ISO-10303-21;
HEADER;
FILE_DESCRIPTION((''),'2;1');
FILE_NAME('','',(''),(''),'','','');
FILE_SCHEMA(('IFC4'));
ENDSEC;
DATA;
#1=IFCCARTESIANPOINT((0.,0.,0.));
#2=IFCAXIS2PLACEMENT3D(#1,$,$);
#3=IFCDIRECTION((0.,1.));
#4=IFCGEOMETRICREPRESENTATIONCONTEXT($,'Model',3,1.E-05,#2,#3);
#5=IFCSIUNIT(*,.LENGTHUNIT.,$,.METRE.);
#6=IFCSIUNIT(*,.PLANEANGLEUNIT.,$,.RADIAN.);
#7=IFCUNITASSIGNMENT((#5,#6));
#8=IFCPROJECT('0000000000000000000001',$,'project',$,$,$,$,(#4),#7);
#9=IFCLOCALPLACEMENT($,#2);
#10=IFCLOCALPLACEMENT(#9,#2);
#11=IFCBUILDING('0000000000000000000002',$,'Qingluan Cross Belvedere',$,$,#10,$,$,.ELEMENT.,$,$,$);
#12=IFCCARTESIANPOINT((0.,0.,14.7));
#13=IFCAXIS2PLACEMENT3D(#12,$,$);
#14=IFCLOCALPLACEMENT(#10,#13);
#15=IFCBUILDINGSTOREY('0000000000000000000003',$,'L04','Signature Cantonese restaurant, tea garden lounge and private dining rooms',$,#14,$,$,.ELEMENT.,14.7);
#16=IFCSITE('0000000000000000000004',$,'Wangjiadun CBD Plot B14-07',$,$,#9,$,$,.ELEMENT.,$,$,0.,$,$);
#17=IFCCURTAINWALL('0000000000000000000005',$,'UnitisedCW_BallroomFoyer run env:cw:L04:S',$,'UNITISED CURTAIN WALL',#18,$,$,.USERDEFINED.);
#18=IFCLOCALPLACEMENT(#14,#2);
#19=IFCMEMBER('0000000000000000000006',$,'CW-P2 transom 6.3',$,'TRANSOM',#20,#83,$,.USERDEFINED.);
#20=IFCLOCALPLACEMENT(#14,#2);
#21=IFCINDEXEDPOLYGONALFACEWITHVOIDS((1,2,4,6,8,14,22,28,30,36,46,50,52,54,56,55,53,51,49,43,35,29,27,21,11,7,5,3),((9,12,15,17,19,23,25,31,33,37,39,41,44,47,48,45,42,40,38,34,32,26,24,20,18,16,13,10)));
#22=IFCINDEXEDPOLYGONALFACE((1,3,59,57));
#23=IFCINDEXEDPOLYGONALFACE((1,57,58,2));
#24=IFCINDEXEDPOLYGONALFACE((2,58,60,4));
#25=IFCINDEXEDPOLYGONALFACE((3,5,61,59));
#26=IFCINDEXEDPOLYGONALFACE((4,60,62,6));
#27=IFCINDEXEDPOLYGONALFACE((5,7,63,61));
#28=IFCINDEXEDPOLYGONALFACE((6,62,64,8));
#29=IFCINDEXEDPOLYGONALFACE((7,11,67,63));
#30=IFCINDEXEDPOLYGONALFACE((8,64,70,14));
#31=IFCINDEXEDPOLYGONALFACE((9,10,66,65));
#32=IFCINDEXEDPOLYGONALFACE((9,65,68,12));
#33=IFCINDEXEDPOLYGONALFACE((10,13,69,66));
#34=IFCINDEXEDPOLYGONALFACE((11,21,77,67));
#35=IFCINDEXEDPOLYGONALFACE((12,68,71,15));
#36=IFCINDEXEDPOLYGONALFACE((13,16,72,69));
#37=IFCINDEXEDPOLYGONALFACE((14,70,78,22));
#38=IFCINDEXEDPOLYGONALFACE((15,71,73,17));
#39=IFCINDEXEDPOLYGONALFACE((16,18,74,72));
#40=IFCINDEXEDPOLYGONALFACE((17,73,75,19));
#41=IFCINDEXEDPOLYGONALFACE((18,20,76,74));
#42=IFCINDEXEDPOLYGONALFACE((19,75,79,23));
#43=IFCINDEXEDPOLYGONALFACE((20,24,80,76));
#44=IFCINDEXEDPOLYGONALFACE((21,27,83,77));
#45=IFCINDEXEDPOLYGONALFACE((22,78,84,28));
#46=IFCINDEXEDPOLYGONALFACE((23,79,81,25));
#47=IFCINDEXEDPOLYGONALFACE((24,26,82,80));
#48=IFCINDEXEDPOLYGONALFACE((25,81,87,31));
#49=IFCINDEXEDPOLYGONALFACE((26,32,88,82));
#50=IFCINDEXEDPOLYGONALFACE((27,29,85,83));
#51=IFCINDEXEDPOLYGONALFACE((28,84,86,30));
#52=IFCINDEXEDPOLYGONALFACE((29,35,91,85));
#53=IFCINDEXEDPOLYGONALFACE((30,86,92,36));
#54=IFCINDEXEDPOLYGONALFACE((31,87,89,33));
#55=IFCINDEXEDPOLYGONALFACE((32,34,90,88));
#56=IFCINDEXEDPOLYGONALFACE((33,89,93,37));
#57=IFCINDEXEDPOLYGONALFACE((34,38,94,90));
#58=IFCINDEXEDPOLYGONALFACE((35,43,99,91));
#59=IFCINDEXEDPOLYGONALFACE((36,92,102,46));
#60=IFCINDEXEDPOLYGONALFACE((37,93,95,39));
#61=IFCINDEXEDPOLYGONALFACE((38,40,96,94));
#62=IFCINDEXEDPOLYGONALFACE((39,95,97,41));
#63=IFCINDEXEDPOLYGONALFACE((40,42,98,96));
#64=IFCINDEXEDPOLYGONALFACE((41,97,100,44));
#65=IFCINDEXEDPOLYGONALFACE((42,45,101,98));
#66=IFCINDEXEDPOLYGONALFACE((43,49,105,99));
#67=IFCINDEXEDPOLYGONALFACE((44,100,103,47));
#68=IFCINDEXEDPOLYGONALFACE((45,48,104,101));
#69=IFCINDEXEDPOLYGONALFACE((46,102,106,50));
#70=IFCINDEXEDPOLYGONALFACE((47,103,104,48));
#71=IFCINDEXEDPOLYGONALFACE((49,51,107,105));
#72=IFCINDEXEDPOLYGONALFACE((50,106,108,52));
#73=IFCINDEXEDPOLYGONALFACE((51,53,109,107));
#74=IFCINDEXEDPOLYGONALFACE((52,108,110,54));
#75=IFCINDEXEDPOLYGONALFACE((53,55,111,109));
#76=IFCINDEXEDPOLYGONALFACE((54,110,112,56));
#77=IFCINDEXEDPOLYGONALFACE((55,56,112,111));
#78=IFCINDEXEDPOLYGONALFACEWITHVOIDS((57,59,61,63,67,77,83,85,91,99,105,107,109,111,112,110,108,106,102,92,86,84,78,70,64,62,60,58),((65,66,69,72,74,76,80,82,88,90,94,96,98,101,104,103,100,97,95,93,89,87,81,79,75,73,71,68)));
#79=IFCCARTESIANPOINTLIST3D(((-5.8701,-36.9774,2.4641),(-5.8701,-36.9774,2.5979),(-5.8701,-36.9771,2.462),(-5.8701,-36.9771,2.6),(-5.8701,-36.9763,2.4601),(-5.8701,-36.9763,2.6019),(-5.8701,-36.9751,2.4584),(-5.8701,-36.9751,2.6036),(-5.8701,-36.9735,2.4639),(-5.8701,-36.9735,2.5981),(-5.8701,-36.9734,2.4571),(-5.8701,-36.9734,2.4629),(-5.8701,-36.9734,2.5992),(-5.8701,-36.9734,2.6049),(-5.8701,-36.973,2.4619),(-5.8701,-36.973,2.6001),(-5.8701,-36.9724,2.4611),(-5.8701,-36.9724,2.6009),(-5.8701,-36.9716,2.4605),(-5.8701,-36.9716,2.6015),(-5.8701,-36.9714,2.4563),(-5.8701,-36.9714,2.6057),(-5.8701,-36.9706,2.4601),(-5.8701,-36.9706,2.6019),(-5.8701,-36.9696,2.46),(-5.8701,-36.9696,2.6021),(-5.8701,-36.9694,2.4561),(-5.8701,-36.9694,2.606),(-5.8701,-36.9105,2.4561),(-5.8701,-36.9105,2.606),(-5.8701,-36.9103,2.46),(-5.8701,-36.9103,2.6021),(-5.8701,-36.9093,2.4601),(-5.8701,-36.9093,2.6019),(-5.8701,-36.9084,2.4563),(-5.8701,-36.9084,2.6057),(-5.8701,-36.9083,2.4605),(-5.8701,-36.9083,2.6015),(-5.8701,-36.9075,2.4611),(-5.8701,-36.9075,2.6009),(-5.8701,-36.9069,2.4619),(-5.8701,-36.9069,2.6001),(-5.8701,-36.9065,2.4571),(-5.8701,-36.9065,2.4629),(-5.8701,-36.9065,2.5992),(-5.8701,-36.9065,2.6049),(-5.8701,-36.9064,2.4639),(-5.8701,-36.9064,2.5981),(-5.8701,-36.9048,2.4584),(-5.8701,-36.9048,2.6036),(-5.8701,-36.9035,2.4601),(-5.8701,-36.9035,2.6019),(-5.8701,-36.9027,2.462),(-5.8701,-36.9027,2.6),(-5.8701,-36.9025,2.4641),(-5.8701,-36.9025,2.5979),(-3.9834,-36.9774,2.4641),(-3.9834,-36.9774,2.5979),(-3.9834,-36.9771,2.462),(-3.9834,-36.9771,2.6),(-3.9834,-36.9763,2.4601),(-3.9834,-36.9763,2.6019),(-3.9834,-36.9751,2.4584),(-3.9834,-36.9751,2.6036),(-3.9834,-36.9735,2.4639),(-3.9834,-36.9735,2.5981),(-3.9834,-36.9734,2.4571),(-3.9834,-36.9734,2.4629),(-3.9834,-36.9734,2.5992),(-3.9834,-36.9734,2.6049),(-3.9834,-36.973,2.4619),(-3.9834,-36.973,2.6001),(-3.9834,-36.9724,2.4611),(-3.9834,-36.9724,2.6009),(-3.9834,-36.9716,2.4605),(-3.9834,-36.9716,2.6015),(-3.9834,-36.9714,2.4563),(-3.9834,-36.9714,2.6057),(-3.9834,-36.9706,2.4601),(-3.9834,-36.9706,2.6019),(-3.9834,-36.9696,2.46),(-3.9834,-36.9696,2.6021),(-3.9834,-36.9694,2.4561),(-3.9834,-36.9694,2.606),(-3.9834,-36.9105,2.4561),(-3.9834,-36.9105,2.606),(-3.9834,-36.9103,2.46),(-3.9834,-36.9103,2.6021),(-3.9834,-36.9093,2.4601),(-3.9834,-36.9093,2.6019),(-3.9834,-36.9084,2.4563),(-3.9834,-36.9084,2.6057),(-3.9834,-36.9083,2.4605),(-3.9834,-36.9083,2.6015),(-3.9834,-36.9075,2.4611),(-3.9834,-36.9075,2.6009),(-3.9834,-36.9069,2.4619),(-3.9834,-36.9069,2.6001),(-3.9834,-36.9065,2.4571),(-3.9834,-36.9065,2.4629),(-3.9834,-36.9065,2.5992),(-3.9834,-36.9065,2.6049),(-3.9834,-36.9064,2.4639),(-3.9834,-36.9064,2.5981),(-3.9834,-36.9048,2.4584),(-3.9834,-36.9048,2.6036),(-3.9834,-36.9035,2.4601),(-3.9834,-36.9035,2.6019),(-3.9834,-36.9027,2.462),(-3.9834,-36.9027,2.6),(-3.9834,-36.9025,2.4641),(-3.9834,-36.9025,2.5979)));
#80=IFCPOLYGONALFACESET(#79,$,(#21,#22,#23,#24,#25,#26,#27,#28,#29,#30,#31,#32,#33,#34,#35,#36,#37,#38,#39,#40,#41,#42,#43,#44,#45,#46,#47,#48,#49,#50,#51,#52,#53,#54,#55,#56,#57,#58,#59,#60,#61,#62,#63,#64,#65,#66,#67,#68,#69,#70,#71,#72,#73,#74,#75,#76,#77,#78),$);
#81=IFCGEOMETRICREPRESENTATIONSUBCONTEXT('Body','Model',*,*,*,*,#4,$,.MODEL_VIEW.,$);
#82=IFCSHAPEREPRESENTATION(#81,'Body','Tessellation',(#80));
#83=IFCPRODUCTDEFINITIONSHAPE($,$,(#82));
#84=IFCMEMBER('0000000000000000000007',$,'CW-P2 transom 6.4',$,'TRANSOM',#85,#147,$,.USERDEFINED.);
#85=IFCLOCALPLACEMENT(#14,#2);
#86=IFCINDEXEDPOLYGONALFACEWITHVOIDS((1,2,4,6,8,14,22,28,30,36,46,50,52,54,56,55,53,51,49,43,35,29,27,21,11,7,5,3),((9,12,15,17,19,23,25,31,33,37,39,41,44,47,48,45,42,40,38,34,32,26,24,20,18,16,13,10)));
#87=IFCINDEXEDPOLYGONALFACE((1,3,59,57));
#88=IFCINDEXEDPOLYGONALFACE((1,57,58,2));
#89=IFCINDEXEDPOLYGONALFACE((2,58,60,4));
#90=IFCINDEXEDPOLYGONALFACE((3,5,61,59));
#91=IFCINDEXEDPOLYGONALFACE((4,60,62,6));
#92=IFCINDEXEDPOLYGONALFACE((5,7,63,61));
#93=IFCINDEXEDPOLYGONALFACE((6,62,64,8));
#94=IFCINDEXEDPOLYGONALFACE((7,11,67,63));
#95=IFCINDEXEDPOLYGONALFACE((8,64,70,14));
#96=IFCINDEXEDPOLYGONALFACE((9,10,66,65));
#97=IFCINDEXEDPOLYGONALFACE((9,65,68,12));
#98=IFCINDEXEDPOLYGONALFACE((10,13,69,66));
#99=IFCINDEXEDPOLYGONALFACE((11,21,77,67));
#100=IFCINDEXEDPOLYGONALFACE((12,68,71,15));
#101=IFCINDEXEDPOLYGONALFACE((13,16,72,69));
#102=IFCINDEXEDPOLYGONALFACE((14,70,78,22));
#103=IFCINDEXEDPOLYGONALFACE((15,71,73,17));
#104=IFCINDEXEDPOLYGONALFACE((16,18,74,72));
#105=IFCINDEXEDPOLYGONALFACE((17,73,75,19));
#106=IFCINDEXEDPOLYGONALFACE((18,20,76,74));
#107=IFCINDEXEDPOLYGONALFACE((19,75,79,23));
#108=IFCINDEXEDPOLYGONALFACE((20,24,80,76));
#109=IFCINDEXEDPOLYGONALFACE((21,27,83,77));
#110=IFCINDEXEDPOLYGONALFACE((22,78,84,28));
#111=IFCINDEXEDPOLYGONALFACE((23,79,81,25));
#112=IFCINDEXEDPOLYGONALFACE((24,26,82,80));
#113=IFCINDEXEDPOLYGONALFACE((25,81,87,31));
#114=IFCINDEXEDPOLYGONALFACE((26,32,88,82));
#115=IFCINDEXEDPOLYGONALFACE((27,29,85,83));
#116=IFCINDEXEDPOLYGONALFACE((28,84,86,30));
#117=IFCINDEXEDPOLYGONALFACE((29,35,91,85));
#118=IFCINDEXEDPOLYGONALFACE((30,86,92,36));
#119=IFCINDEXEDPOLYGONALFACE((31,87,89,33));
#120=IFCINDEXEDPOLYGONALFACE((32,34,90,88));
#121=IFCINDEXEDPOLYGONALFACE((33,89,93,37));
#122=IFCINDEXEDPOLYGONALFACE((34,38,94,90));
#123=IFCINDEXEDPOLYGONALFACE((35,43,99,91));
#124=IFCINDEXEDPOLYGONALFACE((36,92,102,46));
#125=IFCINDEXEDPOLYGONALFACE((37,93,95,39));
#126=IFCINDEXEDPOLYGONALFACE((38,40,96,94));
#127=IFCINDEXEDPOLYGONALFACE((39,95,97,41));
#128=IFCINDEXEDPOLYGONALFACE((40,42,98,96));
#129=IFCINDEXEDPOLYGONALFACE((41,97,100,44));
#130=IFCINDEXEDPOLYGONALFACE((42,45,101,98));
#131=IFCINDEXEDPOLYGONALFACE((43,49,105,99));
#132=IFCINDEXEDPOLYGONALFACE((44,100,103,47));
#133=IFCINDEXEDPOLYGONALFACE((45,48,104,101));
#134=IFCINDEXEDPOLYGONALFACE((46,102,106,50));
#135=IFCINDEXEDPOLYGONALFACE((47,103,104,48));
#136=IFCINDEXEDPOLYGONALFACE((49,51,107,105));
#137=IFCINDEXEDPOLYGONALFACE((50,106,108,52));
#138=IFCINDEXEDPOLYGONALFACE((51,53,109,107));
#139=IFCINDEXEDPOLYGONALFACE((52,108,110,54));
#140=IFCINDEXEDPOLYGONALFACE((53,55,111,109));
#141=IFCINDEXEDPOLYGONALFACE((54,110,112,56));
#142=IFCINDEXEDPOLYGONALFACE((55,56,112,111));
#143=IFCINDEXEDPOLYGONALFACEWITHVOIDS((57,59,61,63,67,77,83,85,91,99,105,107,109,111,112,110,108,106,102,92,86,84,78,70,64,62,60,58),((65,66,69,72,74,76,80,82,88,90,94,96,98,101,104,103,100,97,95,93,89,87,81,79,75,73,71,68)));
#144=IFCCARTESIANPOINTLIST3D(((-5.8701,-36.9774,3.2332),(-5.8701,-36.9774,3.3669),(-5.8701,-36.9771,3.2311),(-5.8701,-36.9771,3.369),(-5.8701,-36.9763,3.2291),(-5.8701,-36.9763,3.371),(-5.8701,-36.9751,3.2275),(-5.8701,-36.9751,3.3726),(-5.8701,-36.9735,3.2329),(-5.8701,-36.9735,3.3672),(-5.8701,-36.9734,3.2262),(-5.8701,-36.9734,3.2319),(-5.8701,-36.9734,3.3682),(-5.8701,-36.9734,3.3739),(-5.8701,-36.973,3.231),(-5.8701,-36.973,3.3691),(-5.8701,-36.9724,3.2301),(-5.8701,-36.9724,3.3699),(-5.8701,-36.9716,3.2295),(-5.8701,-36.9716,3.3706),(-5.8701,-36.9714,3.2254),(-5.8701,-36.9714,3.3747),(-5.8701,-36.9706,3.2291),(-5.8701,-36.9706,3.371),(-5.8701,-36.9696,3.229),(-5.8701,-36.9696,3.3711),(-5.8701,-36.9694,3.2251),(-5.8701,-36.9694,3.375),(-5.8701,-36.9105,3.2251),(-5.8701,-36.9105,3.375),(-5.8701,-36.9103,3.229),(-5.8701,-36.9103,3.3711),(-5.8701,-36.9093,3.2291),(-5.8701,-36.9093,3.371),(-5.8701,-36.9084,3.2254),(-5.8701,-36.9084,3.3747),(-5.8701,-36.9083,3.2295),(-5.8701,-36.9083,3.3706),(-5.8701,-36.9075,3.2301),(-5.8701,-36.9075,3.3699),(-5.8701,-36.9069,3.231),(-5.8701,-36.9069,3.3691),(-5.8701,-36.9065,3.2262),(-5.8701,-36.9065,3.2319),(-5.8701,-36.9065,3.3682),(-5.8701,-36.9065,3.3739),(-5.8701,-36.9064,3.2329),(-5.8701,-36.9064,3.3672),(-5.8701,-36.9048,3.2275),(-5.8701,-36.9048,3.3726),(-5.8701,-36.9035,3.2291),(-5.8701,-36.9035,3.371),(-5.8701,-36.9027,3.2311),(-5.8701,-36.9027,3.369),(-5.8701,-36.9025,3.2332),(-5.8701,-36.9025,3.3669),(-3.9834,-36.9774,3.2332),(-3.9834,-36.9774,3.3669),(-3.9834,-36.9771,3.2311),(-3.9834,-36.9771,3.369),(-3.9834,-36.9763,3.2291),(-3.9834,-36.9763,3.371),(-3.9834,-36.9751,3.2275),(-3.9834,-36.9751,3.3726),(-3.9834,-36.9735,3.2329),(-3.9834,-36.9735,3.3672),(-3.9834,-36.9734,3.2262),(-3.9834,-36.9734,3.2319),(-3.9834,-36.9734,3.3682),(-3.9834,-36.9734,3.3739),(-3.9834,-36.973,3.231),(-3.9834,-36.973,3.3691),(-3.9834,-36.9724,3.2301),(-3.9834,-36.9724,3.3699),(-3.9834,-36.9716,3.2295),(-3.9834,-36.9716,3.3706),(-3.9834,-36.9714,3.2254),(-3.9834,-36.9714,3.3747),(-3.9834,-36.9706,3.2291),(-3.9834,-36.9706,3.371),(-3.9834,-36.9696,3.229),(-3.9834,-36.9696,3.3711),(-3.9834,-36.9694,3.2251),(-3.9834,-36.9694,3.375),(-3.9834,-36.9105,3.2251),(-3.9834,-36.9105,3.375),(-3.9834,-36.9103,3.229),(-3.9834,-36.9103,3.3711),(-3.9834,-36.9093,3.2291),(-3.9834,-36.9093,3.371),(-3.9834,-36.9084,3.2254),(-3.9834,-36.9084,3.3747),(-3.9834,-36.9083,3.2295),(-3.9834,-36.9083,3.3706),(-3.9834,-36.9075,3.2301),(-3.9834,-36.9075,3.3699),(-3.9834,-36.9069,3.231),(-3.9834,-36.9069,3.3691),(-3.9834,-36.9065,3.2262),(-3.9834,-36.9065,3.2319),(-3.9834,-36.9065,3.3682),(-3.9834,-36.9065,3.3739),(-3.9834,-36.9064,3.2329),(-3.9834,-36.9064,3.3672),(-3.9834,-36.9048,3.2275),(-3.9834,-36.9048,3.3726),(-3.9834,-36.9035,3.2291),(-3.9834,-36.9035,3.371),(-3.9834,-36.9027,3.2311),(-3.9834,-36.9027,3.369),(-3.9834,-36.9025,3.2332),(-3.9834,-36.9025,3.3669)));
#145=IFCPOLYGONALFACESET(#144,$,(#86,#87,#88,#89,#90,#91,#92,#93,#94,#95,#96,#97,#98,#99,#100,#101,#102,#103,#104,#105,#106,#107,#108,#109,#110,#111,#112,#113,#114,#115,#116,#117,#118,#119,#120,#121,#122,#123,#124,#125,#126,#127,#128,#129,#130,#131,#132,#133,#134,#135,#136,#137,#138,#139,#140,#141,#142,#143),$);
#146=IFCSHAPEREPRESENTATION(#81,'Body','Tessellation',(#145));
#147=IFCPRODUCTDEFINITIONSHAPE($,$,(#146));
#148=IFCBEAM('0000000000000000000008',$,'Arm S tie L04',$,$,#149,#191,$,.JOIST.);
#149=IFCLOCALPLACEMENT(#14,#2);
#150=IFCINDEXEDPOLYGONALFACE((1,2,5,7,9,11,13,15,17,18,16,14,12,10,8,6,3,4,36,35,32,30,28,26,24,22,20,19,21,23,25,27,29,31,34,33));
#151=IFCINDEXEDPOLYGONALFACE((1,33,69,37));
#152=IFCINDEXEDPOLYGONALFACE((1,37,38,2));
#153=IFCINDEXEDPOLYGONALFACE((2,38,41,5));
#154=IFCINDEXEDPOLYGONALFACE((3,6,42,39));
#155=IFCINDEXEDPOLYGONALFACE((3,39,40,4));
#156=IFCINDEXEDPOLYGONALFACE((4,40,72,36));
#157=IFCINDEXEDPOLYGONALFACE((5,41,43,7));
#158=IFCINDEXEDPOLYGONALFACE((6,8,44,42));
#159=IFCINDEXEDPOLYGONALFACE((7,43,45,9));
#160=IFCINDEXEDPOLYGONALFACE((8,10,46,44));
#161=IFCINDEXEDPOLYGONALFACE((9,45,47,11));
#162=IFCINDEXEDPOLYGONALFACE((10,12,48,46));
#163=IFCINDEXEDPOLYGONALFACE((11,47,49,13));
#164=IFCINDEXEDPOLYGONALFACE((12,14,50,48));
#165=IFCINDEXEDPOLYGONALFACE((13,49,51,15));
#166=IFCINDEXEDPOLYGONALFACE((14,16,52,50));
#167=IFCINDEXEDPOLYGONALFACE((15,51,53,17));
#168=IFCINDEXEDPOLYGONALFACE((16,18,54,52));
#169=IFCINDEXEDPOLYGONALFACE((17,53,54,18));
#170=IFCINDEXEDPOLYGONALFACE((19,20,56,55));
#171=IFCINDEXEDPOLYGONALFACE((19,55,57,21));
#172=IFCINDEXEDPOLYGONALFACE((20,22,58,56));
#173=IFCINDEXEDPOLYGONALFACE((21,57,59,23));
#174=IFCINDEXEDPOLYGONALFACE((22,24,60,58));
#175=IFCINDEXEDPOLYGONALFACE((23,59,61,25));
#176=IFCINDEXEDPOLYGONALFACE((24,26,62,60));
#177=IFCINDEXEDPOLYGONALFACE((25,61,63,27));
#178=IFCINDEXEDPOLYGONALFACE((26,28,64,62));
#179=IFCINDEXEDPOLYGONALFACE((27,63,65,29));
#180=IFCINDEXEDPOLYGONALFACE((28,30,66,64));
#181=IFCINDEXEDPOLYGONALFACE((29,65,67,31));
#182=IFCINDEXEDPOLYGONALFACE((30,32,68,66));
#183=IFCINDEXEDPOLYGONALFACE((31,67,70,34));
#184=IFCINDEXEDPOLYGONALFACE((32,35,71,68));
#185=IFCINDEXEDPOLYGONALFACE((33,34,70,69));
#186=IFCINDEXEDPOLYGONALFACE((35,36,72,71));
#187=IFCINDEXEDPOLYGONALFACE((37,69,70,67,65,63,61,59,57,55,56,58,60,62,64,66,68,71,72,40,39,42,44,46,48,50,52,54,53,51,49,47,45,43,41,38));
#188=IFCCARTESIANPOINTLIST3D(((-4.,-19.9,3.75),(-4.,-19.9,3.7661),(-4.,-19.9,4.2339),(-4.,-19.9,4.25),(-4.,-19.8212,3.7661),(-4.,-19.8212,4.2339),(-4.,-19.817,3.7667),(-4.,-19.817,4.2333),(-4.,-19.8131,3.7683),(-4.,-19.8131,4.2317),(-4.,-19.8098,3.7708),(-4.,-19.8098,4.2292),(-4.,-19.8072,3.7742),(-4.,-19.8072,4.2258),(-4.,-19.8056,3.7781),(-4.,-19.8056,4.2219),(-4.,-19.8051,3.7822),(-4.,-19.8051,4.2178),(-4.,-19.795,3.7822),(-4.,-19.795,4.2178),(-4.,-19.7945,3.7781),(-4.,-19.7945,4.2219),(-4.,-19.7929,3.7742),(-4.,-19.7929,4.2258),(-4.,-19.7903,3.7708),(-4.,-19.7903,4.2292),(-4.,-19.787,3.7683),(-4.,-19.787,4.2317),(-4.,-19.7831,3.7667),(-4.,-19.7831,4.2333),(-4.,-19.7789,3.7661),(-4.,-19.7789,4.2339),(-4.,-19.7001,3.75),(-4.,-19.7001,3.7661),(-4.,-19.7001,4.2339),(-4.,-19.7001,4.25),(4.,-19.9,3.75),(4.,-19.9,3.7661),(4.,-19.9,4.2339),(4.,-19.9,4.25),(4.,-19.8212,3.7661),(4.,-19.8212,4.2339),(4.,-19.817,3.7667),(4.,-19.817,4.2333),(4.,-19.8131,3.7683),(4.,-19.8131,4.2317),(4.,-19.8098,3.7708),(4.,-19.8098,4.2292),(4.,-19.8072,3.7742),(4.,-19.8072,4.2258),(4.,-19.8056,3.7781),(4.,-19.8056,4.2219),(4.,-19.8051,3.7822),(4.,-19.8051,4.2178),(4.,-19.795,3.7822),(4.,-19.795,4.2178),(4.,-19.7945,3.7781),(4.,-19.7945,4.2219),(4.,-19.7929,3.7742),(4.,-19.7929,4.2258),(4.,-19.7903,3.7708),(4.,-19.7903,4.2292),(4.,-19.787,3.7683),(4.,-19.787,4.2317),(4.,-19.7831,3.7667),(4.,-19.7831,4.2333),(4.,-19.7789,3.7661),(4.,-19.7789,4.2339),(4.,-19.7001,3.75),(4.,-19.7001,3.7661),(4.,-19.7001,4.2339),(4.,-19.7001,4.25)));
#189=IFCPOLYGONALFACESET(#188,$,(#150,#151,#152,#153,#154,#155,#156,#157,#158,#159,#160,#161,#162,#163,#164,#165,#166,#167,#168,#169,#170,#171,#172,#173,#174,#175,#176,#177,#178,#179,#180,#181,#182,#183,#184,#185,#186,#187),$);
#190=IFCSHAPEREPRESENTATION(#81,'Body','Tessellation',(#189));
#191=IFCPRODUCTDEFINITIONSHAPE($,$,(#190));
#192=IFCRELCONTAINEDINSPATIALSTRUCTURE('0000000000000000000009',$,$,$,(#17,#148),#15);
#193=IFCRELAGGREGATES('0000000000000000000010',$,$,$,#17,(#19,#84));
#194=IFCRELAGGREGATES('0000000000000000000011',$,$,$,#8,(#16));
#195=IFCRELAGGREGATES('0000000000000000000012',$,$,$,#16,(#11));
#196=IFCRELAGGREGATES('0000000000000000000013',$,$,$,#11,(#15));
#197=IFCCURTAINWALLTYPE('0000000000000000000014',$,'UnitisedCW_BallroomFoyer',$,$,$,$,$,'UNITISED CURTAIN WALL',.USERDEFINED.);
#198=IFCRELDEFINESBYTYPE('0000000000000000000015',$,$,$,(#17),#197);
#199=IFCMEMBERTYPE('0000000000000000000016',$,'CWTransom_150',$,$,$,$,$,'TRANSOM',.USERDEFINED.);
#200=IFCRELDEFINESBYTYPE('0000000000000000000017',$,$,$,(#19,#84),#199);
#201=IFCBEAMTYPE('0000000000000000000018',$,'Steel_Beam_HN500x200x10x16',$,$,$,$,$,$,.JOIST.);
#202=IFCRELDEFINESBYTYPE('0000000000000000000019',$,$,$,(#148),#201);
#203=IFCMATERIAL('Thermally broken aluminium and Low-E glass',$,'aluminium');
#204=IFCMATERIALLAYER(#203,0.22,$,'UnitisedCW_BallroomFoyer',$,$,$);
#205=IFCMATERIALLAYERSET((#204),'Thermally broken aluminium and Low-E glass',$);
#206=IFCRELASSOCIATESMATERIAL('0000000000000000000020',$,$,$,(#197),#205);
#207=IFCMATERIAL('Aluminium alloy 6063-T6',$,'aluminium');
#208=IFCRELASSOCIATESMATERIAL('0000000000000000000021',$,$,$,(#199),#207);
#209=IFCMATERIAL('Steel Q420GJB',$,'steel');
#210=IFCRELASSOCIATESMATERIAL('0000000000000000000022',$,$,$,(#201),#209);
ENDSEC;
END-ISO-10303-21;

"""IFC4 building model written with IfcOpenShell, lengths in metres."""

from ifc_helpers import new_model, si_unit, direction, frame, origin, origin_2d, place, context, subcontext, project, spatial, hollow_rectangle, i_section, extrude, material, layer, layer_set, material_profile, profile_set, type_object, element, aggregate, save


model = new_model("IFC4")

# Units and contexts
model_context = context("Model", 3, precision=1e-05, world=origin(), true_north=direction((0.0, 1.0)))
body_context = subcontext(model_context, "Body", "Model", "MODEL_VIEW")
ifc_project = project(units=[si_unit("LENGTHUNIT", "METRE"), si_unit("PLANEANGLEUNIT", "RADIAN")], contexts=[model_context])

# Site, building, storey
site_placement = place(None, origin())
site = spatial("IfcSite", under=ifc_project, at=site_placement, Name="Wangjiadun CBD Plot B14-07", CompositionType="ELEMENT", RefElevation=0.0)
building_placement = place(site_placement, origin())
building = spatial("IfcBuilding", under=site, at=building_placement, Name="Qingluan Cross Belvedere", CompositionType="ELEMENT")
storey_placement = place(building_placement, frame((0.0, 0.0, 14.7)))
storey = spatial("IfcBuildingStorey", under=building, at=storey_placement, Name="L04", Description="Signature Cantonese restaurant, tea garden lounge and private dining rooms", CompositionType="ELEMENT", Elevation=14.7)

# Curtain wall, members
ifc_material_1 = material(Name="Thermally broken aluminium and Low-E glass", Category="aluminium")
ifc_layer_1 = layer(ifc_material_1, 0.22, Name="UnitisedCW_BallroomFoyer")
ifc_layer_set_1 = layer_set([ifc_layer_1], Name="Thermally broken aluminium and Low-E glass")
curtain_wall_type = type_object("IfcCurtainWallType", Name="UnitisedCW_BallroomFoyer", ElementType="UNITISED CURTAIN WALL", PredefinedType="USERDEFINED", material=ifc_layer_set_1)
curtain_wall_placement = place(storey_placement, origin())
curtain_wall = element("IfcCurtainWall", 1, at=curtain_wall_placement, inside=storey, type_object=curtain_wall_type, Name="UnitisedCW_BallroomFoyer run env:cw:L04:S", ObjectType="UNITISED CURTAIN WALL", PredefinedType="USERDEFINED")
ifc_material_2 = material(Name="Aluminium alloy 6063-T6", Category="aluminium")
ifc_material_profile_1 = material_profile(ifc_material_2, hollow_rectangle(XDim=0.075, YDim=0.1499, WallThickness=0.0039, InnerFilletRadius=0.0039, OuterFilletRadius=0.0081, at=origin_2d()), Name="CWT150x75x4")
ifc_profile_set_1 = profile_set([ifc_material_profile_1], Name="Aluminium alloy 6063-T6")
member_type_1 = type_object("IfcMemberType", Name="CWTransom_150", ElementType="TRANSOM", PredefinedType="USERDEFINED", material=ifc_profile_set_1)
member_1_placement = place(storey_placement, frame((-3.9834, -36.9399, 2.531), z_axis=(-1.0, 0.0, 0.0), x_axis=(0.0, -1.0, 0.0)))
member_1 = element("IfcMember", 2, at=member_1_placement, type_object=member_type_1, Name="CW-P2 transom 6.3", ObjectType="TRANSOM", PredefinedType="USERDEFINED", context=body_context, shape_type="SweptSolid", body=[
    extrude(hollow_rectangle(XDim=0.075, YDim=0.1499, WallThickness=0.0039, InnerFilletRadius=0.0039, OuterFilletRadius=0.0081, at=origin_2d()), origin(), (0.0, 0.0, 1.0), 1.8867),
])
member_2_placement = place(storey_placement, frame((-3.9834, -36.9399, 3.3), z_axis=(-1.0, 0.0, 0.0), x_axis=(0.0, -1.0, 0.0)))
member_2 = element("IfcMember", 3, at=member_2_placement, type_object=member_type_1, Name="CW-P2 transom 6.4", ObjectType="TRANSOM", PredefinedType="USERDEFINED", context=body_context, shape_type="SweptSolid", body=[
    extrude(hollow_rectangle(XDim=0.075, YDim=0.1499, WallThickness=0.0039, InnerFilletRadius=0.0039, OuterFilletRadius=0.0081, at=origin_2d()), origin(), (0.0, 0.0, 1.0), 1.8867),
])

# Beam
ifc_material_3 = material(Name="Steel Q420GJB", Category="steel")
ifc_material_profile_2 = material_profile(ifc_material_3, i_section(OverallWidth=0.2, OverallDepth=0.5, WebThickness=0.01, FlangeThickness=0.0161, FilletRadius=0.0161, at=origin_2d()), Name="HN500x200x10x16")
ifc_profile_set_2 = profile_set([ifc_material_profile_2], Name="Steel Q420GJB")
beam_type_1 = type_object("IfcBeamType", Name="Steel_Beam_HN500x200x10x16", PredefinedType="JOIST", material=ifc_profile_set_2)
for number, where, z_axis, x_axis, name in (
    (4, (-4.0, -19.8, 4.0), (1.0, 0.0, 0.0), (0.0, 1.0, 0.0), "Arm S tie L04"),
):
    element("IfcBeam", number, at=place(storey_placement, frame(where, z_axis=z_axis, x_axis=x_axis)), inside=storey, type_object=beam_type_1, Name=name, PredefinedType="JOIST", context=body_context, shape_type="SweptSolid", body=[
        extrude(i_section(OverallWidth=0.2, OverallDepth=0.5, WebThickness=0.01, FlangeThickness=0.0161, FilletRadius=0.0161, at=origin_2d()), origin(), (0.0, 0.0, 1.0), 8.0),
    ])

aggregate(curtain_wall, [member_1, member_2])

save(model, "model.ifc")
